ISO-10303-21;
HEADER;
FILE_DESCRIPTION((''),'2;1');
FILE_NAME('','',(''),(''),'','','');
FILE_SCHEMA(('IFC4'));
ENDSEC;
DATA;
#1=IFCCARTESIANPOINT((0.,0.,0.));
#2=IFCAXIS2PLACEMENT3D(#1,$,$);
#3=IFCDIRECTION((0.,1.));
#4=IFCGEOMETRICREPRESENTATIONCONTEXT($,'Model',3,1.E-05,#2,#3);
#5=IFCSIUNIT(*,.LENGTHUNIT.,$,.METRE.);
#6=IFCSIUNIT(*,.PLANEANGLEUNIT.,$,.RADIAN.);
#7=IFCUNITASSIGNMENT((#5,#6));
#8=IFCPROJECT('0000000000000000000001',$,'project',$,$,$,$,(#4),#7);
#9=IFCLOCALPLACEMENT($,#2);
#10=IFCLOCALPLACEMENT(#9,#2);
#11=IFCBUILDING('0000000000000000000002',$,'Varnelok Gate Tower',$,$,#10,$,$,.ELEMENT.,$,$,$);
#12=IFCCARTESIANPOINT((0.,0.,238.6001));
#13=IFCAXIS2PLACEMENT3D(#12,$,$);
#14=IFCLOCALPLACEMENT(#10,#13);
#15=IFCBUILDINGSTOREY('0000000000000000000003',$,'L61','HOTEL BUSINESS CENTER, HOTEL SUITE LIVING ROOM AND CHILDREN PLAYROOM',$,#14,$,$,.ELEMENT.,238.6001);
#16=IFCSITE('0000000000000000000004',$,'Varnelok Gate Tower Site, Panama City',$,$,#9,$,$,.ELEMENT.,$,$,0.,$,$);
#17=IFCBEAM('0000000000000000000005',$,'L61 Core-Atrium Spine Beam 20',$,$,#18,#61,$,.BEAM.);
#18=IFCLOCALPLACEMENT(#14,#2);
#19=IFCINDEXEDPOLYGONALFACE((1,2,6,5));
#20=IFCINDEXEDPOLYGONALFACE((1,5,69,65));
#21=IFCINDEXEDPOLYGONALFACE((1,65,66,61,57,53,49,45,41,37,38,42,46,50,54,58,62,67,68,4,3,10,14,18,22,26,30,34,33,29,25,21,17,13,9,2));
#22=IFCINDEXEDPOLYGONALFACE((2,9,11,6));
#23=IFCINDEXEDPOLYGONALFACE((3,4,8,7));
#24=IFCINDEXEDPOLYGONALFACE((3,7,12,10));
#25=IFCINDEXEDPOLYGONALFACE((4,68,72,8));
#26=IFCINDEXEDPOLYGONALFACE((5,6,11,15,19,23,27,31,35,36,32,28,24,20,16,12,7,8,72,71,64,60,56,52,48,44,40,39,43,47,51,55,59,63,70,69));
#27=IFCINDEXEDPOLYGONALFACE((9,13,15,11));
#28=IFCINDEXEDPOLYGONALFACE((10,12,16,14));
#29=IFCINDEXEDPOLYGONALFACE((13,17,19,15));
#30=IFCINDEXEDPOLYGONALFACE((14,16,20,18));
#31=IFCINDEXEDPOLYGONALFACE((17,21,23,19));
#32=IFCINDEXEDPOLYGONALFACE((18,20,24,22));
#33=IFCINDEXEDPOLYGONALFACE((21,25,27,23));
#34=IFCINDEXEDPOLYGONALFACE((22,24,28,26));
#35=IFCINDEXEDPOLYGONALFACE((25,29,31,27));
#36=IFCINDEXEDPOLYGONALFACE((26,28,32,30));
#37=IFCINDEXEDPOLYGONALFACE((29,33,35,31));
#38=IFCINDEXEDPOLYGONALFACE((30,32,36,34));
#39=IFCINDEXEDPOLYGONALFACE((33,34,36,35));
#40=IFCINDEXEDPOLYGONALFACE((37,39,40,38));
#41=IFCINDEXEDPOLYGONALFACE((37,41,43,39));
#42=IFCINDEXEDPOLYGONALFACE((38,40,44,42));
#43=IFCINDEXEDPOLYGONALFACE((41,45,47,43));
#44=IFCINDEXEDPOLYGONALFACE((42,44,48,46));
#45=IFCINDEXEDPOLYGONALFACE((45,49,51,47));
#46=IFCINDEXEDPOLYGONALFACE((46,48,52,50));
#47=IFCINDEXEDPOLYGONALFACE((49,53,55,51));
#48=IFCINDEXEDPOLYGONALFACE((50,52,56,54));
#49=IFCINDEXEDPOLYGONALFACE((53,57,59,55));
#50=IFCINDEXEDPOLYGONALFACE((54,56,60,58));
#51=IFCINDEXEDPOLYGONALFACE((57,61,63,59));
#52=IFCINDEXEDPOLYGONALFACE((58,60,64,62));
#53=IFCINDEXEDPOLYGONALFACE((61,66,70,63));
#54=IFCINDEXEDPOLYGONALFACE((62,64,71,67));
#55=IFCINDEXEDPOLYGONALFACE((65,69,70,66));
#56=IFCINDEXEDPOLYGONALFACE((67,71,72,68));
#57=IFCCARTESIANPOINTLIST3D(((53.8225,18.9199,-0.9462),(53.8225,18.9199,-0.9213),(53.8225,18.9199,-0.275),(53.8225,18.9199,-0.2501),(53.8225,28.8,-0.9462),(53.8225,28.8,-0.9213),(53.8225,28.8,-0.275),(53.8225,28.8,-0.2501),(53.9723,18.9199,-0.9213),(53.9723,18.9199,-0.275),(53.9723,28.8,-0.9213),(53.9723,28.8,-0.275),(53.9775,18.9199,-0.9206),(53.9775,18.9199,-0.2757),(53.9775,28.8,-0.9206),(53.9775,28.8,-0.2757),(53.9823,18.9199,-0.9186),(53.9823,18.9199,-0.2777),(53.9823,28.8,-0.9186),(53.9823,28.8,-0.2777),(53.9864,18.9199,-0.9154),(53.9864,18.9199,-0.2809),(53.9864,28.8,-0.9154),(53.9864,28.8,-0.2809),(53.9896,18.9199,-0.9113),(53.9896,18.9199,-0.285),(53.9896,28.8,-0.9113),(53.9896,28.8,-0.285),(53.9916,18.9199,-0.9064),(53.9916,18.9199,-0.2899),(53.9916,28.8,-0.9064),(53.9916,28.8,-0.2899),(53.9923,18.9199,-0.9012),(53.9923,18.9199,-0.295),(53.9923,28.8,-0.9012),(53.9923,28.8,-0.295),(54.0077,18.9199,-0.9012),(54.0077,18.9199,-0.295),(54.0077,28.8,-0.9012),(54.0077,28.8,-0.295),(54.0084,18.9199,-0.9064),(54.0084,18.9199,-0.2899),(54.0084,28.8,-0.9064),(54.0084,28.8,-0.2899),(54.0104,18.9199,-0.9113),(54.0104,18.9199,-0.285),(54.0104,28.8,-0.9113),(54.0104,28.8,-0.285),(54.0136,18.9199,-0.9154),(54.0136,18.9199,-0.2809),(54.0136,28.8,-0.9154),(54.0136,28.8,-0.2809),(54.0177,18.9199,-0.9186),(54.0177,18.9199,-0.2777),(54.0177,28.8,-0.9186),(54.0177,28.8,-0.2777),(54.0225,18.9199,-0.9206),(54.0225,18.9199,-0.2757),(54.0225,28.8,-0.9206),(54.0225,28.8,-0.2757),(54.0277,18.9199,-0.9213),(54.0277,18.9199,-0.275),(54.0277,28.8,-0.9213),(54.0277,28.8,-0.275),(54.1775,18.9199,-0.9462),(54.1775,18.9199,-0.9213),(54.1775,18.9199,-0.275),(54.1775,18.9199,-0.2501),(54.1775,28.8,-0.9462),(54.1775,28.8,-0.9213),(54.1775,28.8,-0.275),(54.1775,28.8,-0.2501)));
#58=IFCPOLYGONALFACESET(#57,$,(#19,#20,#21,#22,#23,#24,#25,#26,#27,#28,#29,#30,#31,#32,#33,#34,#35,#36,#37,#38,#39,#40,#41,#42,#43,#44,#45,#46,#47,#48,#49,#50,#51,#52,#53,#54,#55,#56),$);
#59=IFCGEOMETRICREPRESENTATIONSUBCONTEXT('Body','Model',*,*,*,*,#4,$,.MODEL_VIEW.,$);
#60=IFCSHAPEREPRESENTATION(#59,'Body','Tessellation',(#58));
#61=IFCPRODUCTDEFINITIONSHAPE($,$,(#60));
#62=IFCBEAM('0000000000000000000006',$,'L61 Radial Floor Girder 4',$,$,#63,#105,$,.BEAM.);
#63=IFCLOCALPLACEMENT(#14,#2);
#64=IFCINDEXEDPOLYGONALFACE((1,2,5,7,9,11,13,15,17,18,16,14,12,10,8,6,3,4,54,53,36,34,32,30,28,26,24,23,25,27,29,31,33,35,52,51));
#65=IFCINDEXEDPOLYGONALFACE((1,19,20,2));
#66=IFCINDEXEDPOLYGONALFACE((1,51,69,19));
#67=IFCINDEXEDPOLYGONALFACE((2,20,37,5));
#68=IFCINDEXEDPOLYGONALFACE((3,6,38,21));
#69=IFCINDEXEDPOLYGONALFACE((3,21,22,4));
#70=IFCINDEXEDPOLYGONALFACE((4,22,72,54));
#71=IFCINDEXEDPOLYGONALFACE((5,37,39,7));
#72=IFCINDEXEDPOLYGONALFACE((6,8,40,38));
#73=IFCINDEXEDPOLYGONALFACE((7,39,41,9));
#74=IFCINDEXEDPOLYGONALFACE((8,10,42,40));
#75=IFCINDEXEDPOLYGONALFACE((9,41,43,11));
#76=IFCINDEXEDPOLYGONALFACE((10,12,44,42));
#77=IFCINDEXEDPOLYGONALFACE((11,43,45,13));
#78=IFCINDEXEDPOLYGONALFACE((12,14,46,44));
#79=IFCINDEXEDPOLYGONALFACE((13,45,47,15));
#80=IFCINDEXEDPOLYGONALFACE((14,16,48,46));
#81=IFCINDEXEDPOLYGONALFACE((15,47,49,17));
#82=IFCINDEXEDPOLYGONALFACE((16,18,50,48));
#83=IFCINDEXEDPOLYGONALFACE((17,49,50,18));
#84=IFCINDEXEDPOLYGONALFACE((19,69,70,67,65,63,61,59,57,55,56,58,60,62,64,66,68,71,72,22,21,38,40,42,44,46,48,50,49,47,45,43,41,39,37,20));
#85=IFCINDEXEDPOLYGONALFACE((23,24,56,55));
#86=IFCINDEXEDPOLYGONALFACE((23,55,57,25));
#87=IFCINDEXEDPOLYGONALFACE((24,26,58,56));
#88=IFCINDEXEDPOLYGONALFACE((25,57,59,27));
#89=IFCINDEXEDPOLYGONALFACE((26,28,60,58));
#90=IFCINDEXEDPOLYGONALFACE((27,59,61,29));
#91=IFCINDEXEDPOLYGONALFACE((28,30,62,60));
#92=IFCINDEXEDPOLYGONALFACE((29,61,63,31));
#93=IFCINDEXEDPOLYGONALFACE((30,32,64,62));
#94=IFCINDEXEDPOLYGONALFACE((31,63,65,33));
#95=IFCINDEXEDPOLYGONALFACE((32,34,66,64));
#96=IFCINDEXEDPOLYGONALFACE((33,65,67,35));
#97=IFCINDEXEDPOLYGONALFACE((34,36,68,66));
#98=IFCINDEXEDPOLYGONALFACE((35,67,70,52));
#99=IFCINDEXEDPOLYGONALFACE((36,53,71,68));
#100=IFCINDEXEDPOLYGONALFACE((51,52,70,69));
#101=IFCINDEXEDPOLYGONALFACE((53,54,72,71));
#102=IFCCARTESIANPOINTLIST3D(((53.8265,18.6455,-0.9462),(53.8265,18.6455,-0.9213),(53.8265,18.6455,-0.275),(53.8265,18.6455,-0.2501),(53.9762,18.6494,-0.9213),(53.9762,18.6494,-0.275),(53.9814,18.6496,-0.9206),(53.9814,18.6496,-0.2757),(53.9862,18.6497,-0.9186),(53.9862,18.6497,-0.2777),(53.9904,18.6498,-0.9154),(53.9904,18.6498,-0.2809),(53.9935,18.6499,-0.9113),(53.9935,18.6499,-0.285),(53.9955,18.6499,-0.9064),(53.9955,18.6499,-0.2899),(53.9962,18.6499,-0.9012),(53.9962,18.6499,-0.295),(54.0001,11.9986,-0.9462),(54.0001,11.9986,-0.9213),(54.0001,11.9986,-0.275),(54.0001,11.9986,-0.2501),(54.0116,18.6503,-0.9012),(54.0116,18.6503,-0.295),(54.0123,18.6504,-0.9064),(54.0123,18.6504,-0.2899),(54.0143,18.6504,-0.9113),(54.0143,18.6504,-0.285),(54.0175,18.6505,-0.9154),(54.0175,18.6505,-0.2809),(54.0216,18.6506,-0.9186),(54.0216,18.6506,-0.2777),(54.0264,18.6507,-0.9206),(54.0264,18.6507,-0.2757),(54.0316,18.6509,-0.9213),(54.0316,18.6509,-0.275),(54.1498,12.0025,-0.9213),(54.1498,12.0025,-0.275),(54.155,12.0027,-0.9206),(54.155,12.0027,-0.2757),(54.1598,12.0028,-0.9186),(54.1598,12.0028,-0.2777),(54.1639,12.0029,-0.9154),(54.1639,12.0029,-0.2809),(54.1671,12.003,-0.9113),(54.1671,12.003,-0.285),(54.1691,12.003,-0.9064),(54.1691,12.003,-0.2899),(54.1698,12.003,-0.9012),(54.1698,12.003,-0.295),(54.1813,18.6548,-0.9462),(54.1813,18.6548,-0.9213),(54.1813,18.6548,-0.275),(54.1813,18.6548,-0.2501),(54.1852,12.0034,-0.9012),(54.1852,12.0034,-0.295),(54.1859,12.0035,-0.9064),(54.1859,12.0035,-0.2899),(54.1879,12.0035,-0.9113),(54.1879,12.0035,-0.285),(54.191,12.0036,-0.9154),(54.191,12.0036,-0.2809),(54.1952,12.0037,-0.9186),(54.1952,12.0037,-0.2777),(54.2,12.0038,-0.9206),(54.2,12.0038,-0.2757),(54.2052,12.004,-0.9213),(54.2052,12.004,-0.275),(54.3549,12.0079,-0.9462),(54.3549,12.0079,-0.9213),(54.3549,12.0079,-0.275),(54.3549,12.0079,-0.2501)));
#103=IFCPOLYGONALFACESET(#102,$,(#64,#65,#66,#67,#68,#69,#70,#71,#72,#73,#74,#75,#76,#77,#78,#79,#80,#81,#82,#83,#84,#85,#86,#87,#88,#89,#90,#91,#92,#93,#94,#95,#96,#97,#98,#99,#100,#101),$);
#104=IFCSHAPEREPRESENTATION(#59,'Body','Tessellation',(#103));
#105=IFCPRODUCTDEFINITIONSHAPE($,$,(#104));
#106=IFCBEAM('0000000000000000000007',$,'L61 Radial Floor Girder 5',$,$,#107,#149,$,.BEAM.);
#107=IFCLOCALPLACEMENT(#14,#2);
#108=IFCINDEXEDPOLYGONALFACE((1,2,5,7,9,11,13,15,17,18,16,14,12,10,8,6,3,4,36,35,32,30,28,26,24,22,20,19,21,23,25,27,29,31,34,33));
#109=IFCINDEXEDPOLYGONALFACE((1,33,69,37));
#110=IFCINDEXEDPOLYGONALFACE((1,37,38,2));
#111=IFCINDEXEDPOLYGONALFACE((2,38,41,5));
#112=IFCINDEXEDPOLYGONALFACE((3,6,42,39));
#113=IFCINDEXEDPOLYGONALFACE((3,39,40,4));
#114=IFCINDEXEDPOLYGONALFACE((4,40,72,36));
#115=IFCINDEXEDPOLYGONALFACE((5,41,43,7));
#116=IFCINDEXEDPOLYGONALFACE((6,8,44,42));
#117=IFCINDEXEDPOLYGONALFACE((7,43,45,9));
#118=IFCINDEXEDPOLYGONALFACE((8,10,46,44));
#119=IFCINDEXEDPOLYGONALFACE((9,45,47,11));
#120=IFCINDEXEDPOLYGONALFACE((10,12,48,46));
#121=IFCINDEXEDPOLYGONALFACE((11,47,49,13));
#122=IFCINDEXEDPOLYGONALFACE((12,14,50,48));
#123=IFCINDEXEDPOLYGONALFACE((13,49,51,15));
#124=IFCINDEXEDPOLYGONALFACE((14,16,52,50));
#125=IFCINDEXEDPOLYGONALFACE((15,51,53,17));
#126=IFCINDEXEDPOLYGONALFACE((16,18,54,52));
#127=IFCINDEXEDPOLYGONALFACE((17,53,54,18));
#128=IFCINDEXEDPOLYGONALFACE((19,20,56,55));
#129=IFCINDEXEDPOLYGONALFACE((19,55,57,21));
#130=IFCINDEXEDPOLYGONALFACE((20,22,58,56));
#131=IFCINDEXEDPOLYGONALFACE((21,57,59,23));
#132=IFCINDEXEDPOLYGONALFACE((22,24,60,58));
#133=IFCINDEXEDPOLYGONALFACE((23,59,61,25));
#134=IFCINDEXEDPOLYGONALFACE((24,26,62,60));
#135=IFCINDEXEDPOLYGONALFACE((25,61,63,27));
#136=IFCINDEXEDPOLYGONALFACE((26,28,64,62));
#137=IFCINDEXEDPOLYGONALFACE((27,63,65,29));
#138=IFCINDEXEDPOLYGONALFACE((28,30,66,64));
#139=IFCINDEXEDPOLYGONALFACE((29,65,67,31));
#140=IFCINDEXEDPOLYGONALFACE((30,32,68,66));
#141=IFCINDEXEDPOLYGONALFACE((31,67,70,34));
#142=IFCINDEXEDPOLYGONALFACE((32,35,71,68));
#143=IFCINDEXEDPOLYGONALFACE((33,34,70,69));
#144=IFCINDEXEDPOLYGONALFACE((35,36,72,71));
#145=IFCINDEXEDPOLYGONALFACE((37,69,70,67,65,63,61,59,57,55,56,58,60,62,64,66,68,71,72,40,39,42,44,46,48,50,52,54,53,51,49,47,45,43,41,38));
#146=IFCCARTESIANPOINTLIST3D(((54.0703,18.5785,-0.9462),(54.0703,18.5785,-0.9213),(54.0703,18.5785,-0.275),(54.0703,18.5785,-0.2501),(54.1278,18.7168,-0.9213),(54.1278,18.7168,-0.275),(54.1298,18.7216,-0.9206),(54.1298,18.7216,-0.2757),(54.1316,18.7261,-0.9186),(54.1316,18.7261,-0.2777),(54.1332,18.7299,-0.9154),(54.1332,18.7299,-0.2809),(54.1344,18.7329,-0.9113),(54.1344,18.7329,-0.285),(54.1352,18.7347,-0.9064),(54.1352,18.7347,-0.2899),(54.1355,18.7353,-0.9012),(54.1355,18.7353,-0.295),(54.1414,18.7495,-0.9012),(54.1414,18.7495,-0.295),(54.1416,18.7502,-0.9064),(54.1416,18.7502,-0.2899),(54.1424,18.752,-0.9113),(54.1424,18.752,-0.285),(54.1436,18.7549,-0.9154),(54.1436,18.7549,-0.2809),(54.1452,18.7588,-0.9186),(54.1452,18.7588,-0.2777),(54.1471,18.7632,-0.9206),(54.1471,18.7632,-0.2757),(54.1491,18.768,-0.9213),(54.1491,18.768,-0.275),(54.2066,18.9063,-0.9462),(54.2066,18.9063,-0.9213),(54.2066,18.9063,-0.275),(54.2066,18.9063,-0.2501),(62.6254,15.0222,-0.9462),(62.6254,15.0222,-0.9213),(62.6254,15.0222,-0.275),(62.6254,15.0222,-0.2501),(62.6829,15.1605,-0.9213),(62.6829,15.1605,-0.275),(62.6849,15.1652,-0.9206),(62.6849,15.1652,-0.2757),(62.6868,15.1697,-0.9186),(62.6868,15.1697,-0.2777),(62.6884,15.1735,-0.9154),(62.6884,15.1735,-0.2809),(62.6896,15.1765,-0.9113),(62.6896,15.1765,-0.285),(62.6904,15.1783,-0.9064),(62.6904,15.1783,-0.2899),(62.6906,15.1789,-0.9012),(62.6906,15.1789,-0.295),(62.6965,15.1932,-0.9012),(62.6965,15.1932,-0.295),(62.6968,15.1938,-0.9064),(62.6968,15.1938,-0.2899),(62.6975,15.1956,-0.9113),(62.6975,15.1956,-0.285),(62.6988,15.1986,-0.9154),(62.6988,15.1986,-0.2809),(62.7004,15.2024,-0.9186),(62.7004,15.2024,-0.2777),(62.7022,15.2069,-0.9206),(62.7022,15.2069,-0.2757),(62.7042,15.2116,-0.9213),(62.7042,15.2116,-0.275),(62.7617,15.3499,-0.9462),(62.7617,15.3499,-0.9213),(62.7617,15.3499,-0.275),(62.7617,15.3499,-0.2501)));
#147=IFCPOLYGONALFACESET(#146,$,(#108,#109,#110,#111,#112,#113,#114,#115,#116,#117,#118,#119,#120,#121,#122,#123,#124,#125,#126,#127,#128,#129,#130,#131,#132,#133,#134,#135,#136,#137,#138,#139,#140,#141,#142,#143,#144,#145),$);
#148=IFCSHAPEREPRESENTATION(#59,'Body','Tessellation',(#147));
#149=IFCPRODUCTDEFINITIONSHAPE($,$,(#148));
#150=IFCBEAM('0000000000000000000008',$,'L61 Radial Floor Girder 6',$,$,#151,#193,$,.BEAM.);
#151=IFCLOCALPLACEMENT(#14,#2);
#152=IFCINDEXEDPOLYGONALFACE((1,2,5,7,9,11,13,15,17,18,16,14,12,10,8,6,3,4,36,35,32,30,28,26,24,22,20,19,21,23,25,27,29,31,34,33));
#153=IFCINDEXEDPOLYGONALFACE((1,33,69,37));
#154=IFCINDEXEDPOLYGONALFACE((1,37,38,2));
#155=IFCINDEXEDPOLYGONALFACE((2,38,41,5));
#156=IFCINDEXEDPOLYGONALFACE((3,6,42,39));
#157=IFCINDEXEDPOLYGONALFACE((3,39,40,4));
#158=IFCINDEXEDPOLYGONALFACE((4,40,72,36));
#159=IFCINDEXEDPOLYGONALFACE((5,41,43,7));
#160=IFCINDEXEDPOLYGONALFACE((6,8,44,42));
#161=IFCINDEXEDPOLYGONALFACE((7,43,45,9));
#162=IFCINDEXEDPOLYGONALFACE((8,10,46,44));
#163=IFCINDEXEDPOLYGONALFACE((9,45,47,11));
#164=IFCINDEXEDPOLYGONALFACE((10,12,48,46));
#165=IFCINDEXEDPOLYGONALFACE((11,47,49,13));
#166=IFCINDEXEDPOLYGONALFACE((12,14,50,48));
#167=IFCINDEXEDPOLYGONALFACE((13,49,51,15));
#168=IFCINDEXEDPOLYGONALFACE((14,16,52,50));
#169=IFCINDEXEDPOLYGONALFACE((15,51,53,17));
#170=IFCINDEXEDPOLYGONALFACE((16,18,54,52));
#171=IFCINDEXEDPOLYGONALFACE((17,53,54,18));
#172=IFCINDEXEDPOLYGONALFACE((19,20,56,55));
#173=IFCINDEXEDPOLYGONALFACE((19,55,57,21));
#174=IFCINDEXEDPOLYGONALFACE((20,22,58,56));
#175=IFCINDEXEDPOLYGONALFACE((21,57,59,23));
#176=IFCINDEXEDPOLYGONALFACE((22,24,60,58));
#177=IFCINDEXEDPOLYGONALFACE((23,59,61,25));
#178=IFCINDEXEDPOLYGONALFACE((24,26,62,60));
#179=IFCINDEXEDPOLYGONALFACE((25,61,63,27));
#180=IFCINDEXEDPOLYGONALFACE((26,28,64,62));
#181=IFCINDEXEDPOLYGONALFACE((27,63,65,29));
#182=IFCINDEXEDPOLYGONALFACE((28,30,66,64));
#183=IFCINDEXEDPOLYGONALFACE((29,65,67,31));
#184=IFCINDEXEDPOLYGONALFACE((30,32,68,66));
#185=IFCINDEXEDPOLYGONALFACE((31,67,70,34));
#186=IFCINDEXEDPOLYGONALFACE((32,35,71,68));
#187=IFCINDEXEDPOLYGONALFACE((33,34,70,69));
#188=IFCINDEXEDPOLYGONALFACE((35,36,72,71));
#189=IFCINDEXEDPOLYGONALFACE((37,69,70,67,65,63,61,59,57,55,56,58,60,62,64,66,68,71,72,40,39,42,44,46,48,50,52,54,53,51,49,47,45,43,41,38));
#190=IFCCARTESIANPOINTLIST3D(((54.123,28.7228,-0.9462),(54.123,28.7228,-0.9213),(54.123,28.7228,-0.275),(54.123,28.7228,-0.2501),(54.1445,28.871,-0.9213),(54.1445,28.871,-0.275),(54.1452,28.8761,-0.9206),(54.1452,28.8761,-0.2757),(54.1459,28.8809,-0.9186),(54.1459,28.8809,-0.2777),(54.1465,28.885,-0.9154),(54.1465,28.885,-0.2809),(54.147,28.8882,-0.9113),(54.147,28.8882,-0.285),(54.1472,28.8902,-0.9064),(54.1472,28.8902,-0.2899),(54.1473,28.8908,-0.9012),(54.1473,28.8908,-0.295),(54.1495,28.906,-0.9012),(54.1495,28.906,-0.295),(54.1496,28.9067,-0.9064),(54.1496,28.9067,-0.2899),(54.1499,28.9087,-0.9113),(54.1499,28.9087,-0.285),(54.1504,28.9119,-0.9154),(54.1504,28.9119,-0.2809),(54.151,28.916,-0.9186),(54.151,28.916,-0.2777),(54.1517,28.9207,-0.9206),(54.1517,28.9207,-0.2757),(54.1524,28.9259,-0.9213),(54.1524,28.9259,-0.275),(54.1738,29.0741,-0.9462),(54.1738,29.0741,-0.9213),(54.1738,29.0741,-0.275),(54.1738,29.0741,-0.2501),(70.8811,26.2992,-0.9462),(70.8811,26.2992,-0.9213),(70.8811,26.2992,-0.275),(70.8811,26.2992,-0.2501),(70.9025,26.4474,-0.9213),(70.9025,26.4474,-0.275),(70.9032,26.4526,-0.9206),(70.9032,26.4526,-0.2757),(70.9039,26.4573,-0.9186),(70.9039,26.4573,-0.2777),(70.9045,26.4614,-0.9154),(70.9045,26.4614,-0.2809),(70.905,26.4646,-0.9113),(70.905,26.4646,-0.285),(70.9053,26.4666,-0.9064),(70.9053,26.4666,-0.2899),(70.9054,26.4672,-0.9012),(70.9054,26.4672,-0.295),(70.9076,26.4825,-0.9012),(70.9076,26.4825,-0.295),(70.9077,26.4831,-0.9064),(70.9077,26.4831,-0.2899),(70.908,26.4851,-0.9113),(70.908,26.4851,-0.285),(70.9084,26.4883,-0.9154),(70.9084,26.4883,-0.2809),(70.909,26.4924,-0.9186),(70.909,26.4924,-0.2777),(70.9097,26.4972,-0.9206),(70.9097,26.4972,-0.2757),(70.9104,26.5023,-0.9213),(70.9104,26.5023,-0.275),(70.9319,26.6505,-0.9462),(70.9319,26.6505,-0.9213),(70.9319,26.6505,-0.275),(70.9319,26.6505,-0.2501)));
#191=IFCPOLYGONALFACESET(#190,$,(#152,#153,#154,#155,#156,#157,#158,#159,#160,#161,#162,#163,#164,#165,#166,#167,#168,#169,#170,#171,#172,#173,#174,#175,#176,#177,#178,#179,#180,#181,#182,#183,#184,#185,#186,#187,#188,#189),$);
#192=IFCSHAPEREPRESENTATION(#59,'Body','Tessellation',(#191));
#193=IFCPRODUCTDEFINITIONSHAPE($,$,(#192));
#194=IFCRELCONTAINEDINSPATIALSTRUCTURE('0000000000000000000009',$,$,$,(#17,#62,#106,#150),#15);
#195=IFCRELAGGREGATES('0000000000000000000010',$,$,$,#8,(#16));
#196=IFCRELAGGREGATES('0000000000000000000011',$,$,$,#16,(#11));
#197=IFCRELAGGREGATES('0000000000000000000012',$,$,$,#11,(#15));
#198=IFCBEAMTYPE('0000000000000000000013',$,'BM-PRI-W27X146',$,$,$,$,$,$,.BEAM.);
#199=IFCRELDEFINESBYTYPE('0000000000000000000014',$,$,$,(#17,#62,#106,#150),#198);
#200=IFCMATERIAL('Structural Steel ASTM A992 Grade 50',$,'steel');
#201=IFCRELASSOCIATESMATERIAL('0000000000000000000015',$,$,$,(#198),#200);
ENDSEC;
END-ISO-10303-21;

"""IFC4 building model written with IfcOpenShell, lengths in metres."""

from ifc_helpers import new_model, si_unit, direction, frame, origin, origin_2d, place, context, subcontext, project, spatial, i_section, extrude, material, material_profile, profile_set, type_object, element, save


model = new_model("IFC4")

# Units and contexts
model_context = context("Model", 3, precision=1e-05, world=origin(), true_north=direction((0.0, 1.0)))
body_context = subcontext(model_context, "Body", "Model", "MODEL_VIEW")
ifc_project = project(units=[si_unit("LENGTHUNIT", "METRE"), si_unit("PLANEANGLEUNIT", "RADIAN")], contexts=[model_context])

# Site, building, storey
site_placement = place(None, origin())
site = spatial("IfcSite", under=ifc_project, at=site_placement, Name="Varnelok Gate Tower Site, Panama City", CompositionType="ELEMENT", RefElevation=0.0)
building_placement = place(site_placement, origin())
building = spatial("IfcBuilding", under=site, at=building_placement, Name="Varnelok Gate Tower", CompositionType="ELEMENT")
storey_placement = place(building_placement, frame((0.0, 0.0, 238.6001)))
storey = spatial("IfcBuildingStorey", under=building, at=storey_placement, Name="L61", Description="HOTEL BUSINESS CENTER, HOTEL SUITE LIVING ROOM AND CHILDREN PLAYROOM", CompositionType="ELEMENT", Elevation=238.6001)

# Shared definitions
ifc_material_1 = material(Name="Structural Steel ASTM A992 Grade 50", Category="steel")

# Beams
ifc_material_profile_1 = material_profile(ifc_material_1, i_section(OverallWidth=0.355, OverallDepth=0.696, WebThickness=0.0154, FlangeThickness=0.0249, FilletRadius=0.02, at=origin_2d()), Name="W27X146")
ifc_profile_set_1 = profile_set([ifc_material_profile_1], Name="Structural Steel ASTM A992 Grade 50")
beam_type_1 = type_object("IfcBeamType", Name="BM-PRI-W27X146", PredefinedType="BEAM", material=ifc_profile_set_1)
beam_1_placement = place(storey_placement, frame((54.0, 18.9199, -0.5981), z_axis=(0.0, 1.0, 0.0), x_axis=(-1.0, 0.0, 0.0)))
element("IfcBeam", 1, at=beam_1_placement, inside=storey, type_object=beam_type_1, Name="L61 Core-Atrium Spine Beam 20", PredefinedType="BEAM", context=body_context, shape_type="SweptSolid", body=[
    extrude(i_section(OverallWidth=0.355, OverallDepth=0.696, WebThickness=0.0154, FlangeThickness=0.0249, FilletRadius=0.02, at=origin_2d()), origin(), (0.0, 0.0, 1.0), 9.8801),
])
beam_2_placement = place(storey_placement, frame((54.0039, 18.6501, -0.5981), z_axis=(0.026106, -0.999659, 0.0), x_axis=(0.999659, 0.026106, 0.0)))
element("IfcBeam", 2, at=beam_2_placement, inside=storey, type_object=beam_type_1, Name="L61 Radial Floor Girder 4", PredefinedType="BEAM", context=body_context, shape_type="SweptSolid", body=[
    extrude(i_section(OverallWidth=0.355, OverallDepth=0.696, WebThickness=0.0154, FlangeThickness=0.0249, FilletRadius=0.02, at=origin_2d()), origin(), (0.0, 0.0, 1.0), 6.6492),
])
beam_3_placement = place(storey_placement, frame((54.1384, 18.7424, -0.5981), z_axis=(0.923393, -0.383856, 0.0), x_axis=(0.383856, 0.923393, 0.0)))
element("IfcBeam", 3, at=beam_3_placement, inside=storey, type_object=beam_type_1, Name="L61 Radial Floor Girder 5", PredefinedType="BEAM", context=body_context, shape_type="SweptSolid", body=[
    extrude(i_section(OverallWidth=0.355, OverallDepth=0.696, WebThickness=0.0154, FlangeThickness=0.0249, FilletRadius=0.02, at=origin_2d()), origin(), (0.0, 0.0, 1.0), 9.2649),
])
beam_4_placement = place(storey_placement, frame((54.1484, 28.8984, -0.5981), z_axis=(0.989703, -0.143133, 0.0), x_axis=(0.143133, 0.989703, 0.0)))
element("IfcBeam", 4, at=beam_4_placement, inside=storey, type_object=beam_type_1, Name="L61 Radial Floor Girder 6", PredefinedType="BEAM", context=body_context, shape_type="SweptSolid", body=[
    extrude(i_section(OverallWidth=0.355, OverallDepth=0.696, WebThickness=0.0154, FlangeThickness=0.0249, FilletRadius=0.02, at=origin_2d()), origin(), (0.0, 0.0, 1.0), 16.9324),
])

save(model, "model.ifc")
